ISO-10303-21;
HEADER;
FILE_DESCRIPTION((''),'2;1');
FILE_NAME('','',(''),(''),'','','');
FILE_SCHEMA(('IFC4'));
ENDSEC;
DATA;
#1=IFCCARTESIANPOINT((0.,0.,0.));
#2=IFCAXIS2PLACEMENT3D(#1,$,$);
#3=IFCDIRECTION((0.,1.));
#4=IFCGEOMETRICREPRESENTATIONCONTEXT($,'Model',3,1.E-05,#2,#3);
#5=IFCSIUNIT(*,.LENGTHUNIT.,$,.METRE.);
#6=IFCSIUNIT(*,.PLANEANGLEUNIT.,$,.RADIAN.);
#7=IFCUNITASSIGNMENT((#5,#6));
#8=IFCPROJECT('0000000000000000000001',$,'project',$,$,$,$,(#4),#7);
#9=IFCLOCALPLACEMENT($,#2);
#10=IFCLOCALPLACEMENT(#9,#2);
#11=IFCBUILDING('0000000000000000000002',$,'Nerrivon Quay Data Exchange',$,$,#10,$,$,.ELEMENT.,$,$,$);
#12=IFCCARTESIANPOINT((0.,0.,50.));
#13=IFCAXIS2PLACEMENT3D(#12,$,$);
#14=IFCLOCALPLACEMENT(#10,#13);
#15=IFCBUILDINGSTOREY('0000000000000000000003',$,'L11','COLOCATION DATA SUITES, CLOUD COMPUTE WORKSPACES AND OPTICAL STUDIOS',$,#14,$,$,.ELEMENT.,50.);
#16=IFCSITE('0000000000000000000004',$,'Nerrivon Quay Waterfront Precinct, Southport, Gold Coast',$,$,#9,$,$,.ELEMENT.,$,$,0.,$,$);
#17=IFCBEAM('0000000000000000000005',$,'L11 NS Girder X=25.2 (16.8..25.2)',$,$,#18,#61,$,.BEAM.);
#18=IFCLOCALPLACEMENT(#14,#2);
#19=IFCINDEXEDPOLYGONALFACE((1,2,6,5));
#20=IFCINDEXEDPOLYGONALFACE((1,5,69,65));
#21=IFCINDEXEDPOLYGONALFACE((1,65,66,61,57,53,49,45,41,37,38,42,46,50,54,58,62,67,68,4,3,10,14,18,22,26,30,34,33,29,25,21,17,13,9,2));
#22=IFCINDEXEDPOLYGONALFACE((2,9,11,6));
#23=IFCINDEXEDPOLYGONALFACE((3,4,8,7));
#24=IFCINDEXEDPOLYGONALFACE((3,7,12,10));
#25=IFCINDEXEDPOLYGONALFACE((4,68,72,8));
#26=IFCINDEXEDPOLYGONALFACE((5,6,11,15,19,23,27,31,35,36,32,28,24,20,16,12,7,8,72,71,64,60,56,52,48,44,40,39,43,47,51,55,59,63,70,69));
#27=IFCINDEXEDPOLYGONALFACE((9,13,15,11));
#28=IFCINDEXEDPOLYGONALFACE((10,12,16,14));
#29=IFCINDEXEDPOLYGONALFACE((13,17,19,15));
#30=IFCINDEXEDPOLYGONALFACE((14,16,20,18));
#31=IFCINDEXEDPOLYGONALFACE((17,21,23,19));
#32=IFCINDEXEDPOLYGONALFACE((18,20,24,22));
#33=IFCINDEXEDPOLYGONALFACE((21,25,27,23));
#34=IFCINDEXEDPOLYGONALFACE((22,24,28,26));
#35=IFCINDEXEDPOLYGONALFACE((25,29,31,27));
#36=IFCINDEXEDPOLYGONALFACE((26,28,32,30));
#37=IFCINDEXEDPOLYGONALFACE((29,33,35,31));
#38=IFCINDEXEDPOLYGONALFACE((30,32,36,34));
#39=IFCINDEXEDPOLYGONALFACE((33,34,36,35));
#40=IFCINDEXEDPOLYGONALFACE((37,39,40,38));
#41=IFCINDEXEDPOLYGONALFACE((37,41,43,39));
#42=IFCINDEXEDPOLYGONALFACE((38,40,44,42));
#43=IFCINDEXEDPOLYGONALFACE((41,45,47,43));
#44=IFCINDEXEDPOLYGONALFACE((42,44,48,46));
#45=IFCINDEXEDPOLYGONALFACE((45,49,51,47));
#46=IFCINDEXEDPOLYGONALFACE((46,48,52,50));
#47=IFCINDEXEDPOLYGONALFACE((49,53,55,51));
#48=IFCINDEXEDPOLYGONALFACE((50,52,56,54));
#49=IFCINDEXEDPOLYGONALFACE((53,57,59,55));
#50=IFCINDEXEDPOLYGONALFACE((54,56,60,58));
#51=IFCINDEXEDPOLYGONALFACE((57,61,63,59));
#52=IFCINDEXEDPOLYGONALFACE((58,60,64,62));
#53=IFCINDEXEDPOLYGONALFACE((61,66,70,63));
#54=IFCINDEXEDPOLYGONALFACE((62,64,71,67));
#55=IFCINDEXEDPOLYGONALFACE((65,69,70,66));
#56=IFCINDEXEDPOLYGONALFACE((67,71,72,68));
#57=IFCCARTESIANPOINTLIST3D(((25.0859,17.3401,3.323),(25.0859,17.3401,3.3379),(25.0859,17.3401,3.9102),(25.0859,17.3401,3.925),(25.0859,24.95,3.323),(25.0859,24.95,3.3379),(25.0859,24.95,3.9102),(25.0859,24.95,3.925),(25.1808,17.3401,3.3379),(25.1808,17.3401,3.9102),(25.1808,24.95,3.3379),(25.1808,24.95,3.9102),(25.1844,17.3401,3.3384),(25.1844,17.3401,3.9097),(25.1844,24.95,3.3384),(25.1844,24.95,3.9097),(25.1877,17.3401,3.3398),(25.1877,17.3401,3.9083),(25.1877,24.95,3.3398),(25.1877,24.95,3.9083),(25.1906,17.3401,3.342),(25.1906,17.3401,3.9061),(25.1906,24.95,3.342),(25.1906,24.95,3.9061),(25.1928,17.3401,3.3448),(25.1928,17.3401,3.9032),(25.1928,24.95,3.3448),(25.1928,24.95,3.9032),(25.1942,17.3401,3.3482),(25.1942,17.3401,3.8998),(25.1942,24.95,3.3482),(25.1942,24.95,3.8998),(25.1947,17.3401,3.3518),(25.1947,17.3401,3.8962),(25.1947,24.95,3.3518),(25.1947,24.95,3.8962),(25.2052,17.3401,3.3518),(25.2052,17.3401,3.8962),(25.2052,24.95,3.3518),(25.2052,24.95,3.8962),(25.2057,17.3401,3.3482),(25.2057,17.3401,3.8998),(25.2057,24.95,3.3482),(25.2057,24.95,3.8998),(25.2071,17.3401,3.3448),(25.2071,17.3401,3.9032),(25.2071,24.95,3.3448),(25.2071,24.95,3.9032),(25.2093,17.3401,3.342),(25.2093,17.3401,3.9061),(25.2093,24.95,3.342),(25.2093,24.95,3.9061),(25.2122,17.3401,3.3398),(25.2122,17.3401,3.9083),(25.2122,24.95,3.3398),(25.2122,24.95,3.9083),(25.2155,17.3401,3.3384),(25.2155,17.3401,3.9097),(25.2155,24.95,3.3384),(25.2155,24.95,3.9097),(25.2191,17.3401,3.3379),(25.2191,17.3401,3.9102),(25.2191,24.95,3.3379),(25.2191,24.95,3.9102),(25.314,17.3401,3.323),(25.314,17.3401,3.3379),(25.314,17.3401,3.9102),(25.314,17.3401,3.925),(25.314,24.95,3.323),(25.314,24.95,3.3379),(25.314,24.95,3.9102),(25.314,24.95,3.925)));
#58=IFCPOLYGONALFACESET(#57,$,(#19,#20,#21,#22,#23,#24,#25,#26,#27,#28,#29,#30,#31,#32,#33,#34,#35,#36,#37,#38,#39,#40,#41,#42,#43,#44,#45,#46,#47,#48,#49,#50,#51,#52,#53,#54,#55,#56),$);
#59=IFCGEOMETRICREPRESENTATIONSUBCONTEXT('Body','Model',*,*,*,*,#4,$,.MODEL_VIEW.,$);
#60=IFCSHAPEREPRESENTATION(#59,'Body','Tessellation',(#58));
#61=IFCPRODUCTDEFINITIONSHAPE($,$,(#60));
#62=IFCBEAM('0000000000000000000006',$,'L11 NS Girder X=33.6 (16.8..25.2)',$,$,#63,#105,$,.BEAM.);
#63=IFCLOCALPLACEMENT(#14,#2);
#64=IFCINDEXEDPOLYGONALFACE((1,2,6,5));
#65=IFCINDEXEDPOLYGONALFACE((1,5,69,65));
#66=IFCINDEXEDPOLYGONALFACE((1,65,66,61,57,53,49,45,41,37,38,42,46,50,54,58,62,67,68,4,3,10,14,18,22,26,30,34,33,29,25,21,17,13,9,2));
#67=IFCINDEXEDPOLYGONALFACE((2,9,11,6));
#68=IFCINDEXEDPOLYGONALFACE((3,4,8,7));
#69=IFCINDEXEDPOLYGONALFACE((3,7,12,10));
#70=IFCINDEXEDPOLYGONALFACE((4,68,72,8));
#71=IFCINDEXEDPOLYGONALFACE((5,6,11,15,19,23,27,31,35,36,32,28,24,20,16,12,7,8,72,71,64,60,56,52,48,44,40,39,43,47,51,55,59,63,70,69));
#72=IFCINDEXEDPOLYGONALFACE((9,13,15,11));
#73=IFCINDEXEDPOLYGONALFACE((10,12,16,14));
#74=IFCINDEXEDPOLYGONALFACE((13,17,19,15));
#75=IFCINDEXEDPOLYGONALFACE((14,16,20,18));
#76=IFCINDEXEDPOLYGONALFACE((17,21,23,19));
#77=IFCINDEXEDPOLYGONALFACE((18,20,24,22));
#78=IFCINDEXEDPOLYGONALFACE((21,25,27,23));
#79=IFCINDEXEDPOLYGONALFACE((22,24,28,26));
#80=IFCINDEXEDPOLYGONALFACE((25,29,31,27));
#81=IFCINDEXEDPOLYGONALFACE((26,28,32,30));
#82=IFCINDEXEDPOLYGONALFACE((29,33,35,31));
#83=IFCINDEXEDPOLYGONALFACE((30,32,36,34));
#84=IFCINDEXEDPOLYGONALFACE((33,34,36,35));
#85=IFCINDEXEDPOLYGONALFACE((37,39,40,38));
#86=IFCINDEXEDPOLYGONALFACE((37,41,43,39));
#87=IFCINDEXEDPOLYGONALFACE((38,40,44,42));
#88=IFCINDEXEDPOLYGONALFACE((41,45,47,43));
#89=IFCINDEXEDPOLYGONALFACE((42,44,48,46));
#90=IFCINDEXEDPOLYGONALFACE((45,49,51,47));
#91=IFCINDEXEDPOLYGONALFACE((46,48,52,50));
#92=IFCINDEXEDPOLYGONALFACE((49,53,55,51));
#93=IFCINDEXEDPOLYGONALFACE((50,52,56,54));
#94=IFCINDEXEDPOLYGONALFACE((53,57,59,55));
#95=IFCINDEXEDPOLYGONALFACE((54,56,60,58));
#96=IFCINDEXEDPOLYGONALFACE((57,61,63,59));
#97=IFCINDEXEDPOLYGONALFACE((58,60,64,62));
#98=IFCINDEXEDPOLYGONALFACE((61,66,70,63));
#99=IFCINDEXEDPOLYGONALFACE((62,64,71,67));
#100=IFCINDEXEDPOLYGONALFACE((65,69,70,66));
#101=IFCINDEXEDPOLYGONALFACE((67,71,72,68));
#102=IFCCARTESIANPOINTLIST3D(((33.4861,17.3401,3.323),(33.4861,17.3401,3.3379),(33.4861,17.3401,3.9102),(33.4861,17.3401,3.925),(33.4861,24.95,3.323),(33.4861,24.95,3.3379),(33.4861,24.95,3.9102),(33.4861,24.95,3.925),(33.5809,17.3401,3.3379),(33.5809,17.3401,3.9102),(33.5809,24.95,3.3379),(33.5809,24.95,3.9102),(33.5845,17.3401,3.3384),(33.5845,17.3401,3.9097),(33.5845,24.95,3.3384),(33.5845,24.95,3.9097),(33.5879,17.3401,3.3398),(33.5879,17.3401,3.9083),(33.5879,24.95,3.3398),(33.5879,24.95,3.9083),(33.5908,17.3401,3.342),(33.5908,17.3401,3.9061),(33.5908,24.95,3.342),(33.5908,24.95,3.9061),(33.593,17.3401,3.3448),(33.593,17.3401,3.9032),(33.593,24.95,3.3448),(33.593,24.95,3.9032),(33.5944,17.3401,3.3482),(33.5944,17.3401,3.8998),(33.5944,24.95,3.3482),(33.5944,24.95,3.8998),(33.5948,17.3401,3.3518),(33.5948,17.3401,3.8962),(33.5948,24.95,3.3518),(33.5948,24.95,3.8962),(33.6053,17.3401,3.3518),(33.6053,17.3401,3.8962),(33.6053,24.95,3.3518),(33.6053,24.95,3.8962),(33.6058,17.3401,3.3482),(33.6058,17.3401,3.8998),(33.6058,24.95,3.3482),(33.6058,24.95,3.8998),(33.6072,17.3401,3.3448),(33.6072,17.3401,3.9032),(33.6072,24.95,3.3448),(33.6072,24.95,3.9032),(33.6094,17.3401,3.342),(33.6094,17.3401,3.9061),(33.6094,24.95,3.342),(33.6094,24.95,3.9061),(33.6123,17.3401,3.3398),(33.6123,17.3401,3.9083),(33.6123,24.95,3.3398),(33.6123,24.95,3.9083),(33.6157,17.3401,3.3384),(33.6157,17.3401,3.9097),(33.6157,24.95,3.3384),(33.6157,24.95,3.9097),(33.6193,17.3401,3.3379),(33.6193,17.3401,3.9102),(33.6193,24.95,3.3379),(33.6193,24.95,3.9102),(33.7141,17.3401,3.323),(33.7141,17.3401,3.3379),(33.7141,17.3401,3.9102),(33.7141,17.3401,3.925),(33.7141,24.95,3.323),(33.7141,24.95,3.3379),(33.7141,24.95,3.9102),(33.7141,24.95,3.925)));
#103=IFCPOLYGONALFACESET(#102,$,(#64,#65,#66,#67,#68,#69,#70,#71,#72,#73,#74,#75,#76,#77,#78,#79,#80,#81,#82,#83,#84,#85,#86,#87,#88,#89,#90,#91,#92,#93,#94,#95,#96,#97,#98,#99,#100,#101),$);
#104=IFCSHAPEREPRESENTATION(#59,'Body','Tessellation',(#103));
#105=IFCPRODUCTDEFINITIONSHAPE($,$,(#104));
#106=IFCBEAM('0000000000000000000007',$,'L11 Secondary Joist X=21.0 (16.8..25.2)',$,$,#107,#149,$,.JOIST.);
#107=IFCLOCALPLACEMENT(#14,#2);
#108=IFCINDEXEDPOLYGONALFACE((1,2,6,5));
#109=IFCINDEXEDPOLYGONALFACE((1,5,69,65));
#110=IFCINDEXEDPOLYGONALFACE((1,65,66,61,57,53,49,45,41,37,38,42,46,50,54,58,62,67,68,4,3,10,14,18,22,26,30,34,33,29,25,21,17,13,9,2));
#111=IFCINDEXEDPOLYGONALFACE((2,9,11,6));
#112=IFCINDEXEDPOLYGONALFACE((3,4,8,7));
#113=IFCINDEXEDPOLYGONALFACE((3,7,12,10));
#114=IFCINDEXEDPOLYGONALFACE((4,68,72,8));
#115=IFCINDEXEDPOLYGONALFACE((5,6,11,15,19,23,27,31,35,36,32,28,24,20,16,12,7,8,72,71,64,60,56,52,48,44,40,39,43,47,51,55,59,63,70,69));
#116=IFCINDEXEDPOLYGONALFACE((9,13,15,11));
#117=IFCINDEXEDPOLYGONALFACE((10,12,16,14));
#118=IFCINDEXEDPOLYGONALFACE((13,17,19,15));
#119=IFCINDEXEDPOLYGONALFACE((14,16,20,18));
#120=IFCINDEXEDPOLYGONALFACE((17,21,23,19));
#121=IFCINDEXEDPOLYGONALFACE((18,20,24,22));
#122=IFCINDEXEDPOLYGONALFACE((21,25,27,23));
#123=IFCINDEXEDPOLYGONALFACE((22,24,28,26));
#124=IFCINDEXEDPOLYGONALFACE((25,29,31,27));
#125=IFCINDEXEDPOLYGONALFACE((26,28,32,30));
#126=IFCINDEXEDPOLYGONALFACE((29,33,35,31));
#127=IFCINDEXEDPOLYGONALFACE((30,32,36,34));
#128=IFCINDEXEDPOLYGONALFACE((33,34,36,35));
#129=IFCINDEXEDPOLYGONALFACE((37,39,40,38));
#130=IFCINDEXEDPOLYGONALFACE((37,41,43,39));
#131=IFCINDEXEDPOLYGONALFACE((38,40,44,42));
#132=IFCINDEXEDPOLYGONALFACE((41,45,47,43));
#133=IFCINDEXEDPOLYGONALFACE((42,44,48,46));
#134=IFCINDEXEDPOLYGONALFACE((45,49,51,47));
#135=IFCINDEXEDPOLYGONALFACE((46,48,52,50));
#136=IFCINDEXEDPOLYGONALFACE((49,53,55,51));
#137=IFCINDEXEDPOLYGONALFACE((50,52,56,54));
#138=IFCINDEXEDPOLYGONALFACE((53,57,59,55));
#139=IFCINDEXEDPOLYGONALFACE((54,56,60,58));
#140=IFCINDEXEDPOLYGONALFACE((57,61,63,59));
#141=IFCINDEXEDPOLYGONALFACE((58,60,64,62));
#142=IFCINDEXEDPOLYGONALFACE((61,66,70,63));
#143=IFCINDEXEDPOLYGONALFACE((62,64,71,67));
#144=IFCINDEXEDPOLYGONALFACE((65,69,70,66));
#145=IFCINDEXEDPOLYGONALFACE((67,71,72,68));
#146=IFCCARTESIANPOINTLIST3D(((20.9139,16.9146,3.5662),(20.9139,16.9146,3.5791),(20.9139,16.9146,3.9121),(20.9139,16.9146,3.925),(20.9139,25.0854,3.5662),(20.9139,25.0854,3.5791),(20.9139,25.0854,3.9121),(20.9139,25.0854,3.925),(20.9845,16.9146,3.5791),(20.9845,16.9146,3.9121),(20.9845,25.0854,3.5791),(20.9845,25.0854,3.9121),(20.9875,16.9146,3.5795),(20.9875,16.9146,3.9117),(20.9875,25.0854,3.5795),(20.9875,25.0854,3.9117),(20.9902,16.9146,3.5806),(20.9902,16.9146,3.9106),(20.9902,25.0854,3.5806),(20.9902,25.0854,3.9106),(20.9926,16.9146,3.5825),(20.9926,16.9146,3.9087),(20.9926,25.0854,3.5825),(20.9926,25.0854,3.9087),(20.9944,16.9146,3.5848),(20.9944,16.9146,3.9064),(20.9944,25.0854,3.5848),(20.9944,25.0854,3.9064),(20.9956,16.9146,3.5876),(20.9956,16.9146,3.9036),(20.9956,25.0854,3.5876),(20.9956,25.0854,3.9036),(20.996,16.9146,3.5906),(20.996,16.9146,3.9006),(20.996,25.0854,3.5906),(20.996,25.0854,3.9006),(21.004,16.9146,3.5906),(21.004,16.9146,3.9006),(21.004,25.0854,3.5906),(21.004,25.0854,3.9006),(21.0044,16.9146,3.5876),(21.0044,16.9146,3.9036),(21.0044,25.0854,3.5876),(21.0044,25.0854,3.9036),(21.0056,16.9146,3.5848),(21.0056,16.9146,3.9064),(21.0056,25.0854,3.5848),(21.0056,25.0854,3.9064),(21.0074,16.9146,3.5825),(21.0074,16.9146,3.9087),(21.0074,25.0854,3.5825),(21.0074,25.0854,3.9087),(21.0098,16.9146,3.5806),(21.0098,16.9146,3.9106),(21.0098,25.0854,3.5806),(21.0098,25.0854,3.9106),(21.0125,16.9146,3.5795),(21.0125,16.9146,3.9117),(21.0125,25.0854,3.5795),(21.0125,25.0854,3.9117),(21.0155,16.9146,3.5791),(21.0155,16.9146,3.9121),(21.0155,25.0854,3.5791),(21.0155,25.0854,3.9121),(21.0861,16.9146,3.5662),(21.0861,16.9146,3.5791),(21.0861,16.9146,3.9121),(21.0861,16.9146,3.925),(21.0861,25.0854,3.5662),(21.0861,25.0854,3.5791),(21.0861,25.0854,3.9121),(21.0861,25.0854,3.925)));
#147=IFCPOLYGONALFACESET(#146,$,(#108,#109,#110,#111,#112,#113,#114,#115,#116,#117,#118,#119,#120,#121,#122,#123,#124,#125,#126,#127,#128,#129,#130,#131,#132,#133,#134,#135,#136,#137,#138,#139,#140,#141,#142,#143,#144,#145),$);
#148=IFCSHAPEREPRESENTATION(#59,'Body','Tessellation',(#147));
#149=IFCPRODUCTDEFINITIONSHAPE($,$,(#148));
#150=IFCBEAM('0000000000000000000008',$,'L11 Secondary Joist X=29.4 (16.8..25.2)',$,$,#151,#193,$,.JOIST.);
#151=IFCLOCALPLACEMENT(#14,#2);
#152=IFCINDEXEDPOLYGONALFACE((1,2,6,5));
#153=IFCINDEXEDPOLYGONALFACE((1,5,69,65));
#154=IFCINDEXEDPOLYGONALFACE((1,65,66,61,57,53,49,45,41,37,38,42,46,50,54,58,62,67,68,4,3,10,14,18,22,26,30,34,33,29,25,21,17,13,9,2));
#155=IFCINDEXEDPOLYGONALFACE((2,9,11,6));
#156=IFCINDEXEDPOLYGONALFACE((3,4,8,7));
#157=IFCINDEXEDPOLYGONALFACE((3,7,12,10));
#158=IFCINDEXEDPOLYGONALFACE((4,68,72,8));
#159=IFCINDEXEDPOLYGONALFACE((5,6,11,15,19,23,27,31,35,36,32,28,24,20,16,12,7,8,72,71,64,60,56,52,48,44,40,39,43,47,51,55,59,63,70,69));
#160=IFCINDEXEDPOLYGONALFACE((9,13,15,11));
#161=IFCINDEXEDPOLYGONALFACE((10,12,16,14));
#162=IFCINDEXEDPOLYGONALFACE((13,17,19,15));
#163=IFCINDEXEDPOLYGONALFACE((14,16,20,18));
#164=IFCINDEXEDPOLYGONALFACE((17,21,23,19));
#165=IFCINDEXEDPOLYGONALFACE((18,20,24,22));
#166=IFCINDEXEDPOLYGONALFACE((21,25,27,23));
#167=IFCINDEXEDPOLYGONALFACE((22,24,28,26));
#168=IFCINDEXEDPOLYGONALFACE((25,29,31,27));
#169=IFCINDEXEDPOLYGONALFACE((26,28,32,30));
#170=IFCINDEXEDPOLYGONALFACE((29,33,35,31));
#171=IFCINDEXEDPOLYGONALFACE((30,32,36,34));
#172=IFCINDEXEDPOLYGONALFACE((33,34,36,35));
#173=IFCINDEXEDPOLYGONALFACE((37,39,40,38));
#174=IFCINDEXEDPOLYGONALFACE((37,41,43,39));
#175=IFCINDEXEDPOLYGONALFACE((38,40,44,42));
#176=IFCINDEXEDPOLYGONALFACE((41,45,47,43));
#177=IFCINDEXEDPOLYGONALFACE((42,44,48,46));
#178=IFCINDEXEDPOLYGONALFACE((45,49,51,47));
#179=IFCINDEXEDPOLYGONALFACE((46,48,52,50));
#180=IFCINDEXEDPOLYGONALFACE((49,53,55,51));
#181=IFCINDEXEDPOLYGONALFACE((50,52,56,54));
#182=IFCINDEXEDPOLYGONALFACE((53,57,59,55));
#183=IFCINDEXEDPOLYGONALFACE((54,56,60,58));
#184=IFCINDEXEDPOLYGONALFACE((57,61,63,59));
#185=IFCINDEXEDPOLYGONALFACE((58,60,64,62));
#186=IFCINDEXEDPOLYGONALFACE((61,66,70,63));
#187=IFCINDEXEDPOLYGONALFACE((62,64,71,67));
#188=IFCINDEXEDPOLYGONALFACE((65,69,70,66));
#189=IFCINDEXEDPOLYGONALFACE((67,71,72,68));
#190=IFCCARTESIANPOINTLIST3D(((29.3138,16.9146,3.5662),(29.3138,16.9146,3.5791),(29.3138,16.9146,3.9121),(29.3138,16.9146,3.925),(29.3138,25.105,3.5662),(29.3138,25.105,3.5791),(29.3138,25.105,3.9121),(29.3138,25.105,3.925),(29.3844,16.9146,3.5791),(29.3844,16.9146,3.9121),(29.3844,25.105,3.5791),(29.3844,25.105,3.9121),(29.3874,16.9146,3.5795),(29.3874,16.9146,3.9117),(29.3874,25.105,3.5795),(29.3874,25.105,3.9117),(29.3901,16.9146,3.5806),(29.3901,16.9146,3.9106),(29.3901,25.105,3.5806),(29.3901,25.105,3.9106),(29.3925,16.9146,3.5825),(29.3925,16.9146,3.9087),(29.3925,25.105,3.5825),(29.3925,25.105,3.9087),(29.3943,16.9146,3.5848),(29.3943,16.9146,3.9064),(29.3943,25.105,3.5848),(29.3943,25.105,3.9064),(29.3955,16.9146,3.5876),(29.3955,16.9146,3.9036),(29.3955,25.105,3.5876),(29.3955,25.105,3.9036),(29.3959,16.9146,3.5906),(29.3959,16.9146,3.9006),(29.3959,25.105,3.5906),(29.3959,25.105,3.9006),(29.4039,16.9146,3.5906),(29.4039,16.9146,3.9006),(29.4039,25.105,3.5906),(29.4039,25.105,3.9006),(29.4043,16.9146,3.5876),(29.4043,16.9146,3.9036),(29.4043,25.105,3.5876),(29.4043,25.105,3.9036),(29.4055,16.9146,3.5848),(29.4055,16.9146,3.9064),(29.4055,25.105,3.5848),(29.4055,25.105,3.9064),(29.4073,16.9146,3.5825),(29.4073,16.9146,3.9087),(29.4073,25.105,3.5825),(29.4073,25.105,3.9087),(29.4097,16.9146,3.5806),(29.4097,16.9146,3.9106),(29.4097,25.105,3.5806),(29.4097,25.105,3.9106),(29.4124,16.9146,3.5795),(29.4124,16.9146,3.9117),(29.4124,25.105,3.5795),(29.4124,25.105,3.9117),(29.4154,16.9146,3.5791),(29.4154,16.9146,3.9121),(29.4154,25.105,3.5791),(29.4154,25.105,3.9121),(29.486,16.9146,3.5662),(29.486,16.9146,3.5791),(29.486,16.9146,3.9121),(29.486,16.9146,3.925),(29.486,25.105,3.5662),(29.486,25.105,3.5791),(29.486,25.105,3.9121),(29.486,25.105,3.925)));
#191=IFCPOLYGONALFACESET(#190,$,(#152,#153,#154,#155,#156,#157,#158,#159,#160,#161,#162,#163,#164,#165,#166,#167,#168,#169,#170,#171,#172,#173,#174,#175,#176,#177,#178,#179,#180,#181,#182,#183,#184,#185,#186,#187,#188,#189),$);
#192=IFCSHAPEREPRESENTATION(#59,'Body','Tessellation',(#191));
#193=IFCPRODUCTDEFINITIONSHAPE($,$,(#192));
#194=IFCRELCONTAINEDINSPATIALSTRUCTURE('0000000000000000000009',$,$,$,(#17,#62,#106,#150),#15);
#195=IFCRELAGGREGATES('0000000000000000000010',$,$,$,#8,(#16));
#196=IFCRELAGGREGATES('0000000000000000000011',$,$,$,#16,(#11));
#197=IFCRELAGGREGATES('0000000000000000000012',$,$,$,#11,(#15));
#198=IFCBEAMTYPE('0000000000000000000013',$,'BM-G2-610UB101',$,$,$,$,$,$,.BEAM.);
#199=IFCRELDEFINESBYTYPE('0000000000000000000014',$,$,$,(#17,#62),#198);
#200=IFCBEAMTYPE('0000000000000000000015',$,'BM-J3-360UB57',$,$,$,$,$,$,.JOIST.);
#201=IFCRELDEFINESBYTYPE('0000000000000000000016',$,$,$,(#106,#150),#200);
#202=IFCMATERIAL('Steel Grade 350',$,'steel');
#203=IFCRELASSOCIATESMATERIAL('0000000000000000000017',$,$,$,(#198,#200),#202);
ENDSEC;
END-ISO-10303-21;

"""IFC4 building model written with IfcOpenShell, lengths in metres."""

from ifc_helpers import new_model, si_unit, direction, frame, origin, origin_2d, place, context, subcontext, project, spatial, i_section, extrude, material, material_profile, profile_set, type_object, element, save


model = new_model("IFC4")

# Units and contexts
model_context = context("Model", 3, precision=1e-05, world=origin(), true_north=direction((0.0, 1.0)))
body_context = subcontext(model_context, "Body", "Model", "MODEL_VIEW")
ifc_project = project(units=[si_unit("LENGTHUNIT", "METRE"), si_unit("PLANEANGLEUNIT", "RADIAN")], contexts=[model_context])

# Site, building, storey
site_placement = place(None, origin())
site = spatial("IfcSite", under=ifc_project, at=site_placement, Name="Nerrivon Quay Waterfront Precinct, Southport, Gold Coast", CompositionType="ELEMENT", RefElevation=0.0)
building_placement = place(site_placement, origin())
building = spatial("IfcBuilding", under=site, at=building_placement, Name="Nerrivon Quay Data Exchange", CompositionType="ELEMENT")
storey_placement = place(building_placement, frame((0.0, 0.0, 50.0)))
storey = spatial("IfcBuildingStorey", under=building, at=storey_placement, Name="L11", Description="COLOCATION DATA SUITES, CLOUD COMPUTE WORKSPACES AND OPTICAL STUDIOS", CompositionType="ELEMENT", Elevation=50.0)

# Beams
ifc_material_1 = material(Name="Steel Grade 350", Category="steel")
ifc_material_profile_1 = material_profile(ifc_material_1, i_section(OverallWidth=0.228, OverallDepth=0.6021, WebThickness=0.0105, FlangeThickness=0.0149, FilletRadius=0.0139, at=origin_2d()), Name="610UB101")
ifc_profile_set_1 = profile_set([ifc_material_profile_1], Name="Steel Grade 350")
beam_type_1 = type_object("IfcBeamType", Name="BM-G2-610UB101", PredefinedType="BEAM", material=ifc_profile_set_1)
for number, where, z_axis, x_axis, name in (
    (1, (25.2, 17.3401, 3.624), (0.0, 1.0, 0.0), (-1.0, 0.0, 0.0), "L11 NS Girder X=25.2 (16.8..25.2)"),
    (2, (33.6001, 17.3401, 3.624), (0.0, 1.0, 0.0), (-1.0, 0.0, 0.0), "L11 NS Girder X=33.6 (16.8..25.2)"),
):
    element("IfcBeam", number, at=place(storey_placement, frame(where, z_axis=z_axis, x_axis=x_axis)), inside=storey, type_object=beam_type_1, Name=name, PredefinedType="BEAM", context=body_context, shape_type="SweptSolid", body=[
        extrude(i_section(OverallWidth=0.228, OverallDepth=0.6021, WebThickness=0.0105, FlangeThickness=0.0149, FilletRadius=0.0139, at=origin_2d()), origin(), (0.0, 0.0, 1.0), 7.6099),
    ])
ifc_material_profile_2 = material_profile(ifc_material_1, i_section(OverallWidth=0.1721, OverallDepth=0.3589, WebThickness=0.0081, FlangeThickness=0.0129, FilletRadius=0.0115, at=origin_2d()), Name="360UB56.7")
ifc_profile_set_2 = profile_set([ifc_material_profile_2], Name="Steel Grade 350")
beam_type_2 = type_object("IfcBeamType", Name="BM-J3-360UB57", PredefinedType="JOIST", material=ifc_profile_set_2)
beam_1_placement = place(storey_placement, frame((21.0, 16.9146, 3.7456), z_axis=(0.0, 1.0, 0.0), x_axis=(-1.0, 0.0, 0.0)))
element("IfcBeam", 3, at=beam_1_placement, inside=storey, type_object=beam_type_2, Name="L11 Secondary Joist X=21.0 (16.8..25.2)", PredefinedType="JOIST", context=body_context, shape_type="SweptSolid", body=[
    extrude(i_section(OverallWidth=0.1721, OverallDepth=0.3589, WebThickness=0.0081, FlangeThickness=0.0129, FilletRadius=0.0115, at=origin_2d()), origin(), (0.0, 0.0, 1.0), 8.1709),
])
for number, where, z_axis, x_axis, name in (
    (4, (29.3999, 16.9146, 3.7456), (0.0, 1.0, 0.0), (-1.0, 0.0, 0.0), "L11 Secondary Joist X=29.4 (16.8..25.2)"),
):
    element("IfcBeam", number, at=place(storey_placement, frame(where, z_axis=z_axis, x_axis=x_axis)), inside=storey, type_object=beam_type_2, Name=name, PredefinedType="JOIST", context=body_context, shape_type="SweptSolid", body=[
        extrude(i_section(OverallWidth=0.1721, OverallDepth=0.3589, WebThickness=0.0081, FlangeThickness=0.0129, FilletRadius=0.0115, at=origin_2d()), origin(), (0.0, 0.0, 1.0), 8.1904),
    ])

save(model, "model.ifc")
